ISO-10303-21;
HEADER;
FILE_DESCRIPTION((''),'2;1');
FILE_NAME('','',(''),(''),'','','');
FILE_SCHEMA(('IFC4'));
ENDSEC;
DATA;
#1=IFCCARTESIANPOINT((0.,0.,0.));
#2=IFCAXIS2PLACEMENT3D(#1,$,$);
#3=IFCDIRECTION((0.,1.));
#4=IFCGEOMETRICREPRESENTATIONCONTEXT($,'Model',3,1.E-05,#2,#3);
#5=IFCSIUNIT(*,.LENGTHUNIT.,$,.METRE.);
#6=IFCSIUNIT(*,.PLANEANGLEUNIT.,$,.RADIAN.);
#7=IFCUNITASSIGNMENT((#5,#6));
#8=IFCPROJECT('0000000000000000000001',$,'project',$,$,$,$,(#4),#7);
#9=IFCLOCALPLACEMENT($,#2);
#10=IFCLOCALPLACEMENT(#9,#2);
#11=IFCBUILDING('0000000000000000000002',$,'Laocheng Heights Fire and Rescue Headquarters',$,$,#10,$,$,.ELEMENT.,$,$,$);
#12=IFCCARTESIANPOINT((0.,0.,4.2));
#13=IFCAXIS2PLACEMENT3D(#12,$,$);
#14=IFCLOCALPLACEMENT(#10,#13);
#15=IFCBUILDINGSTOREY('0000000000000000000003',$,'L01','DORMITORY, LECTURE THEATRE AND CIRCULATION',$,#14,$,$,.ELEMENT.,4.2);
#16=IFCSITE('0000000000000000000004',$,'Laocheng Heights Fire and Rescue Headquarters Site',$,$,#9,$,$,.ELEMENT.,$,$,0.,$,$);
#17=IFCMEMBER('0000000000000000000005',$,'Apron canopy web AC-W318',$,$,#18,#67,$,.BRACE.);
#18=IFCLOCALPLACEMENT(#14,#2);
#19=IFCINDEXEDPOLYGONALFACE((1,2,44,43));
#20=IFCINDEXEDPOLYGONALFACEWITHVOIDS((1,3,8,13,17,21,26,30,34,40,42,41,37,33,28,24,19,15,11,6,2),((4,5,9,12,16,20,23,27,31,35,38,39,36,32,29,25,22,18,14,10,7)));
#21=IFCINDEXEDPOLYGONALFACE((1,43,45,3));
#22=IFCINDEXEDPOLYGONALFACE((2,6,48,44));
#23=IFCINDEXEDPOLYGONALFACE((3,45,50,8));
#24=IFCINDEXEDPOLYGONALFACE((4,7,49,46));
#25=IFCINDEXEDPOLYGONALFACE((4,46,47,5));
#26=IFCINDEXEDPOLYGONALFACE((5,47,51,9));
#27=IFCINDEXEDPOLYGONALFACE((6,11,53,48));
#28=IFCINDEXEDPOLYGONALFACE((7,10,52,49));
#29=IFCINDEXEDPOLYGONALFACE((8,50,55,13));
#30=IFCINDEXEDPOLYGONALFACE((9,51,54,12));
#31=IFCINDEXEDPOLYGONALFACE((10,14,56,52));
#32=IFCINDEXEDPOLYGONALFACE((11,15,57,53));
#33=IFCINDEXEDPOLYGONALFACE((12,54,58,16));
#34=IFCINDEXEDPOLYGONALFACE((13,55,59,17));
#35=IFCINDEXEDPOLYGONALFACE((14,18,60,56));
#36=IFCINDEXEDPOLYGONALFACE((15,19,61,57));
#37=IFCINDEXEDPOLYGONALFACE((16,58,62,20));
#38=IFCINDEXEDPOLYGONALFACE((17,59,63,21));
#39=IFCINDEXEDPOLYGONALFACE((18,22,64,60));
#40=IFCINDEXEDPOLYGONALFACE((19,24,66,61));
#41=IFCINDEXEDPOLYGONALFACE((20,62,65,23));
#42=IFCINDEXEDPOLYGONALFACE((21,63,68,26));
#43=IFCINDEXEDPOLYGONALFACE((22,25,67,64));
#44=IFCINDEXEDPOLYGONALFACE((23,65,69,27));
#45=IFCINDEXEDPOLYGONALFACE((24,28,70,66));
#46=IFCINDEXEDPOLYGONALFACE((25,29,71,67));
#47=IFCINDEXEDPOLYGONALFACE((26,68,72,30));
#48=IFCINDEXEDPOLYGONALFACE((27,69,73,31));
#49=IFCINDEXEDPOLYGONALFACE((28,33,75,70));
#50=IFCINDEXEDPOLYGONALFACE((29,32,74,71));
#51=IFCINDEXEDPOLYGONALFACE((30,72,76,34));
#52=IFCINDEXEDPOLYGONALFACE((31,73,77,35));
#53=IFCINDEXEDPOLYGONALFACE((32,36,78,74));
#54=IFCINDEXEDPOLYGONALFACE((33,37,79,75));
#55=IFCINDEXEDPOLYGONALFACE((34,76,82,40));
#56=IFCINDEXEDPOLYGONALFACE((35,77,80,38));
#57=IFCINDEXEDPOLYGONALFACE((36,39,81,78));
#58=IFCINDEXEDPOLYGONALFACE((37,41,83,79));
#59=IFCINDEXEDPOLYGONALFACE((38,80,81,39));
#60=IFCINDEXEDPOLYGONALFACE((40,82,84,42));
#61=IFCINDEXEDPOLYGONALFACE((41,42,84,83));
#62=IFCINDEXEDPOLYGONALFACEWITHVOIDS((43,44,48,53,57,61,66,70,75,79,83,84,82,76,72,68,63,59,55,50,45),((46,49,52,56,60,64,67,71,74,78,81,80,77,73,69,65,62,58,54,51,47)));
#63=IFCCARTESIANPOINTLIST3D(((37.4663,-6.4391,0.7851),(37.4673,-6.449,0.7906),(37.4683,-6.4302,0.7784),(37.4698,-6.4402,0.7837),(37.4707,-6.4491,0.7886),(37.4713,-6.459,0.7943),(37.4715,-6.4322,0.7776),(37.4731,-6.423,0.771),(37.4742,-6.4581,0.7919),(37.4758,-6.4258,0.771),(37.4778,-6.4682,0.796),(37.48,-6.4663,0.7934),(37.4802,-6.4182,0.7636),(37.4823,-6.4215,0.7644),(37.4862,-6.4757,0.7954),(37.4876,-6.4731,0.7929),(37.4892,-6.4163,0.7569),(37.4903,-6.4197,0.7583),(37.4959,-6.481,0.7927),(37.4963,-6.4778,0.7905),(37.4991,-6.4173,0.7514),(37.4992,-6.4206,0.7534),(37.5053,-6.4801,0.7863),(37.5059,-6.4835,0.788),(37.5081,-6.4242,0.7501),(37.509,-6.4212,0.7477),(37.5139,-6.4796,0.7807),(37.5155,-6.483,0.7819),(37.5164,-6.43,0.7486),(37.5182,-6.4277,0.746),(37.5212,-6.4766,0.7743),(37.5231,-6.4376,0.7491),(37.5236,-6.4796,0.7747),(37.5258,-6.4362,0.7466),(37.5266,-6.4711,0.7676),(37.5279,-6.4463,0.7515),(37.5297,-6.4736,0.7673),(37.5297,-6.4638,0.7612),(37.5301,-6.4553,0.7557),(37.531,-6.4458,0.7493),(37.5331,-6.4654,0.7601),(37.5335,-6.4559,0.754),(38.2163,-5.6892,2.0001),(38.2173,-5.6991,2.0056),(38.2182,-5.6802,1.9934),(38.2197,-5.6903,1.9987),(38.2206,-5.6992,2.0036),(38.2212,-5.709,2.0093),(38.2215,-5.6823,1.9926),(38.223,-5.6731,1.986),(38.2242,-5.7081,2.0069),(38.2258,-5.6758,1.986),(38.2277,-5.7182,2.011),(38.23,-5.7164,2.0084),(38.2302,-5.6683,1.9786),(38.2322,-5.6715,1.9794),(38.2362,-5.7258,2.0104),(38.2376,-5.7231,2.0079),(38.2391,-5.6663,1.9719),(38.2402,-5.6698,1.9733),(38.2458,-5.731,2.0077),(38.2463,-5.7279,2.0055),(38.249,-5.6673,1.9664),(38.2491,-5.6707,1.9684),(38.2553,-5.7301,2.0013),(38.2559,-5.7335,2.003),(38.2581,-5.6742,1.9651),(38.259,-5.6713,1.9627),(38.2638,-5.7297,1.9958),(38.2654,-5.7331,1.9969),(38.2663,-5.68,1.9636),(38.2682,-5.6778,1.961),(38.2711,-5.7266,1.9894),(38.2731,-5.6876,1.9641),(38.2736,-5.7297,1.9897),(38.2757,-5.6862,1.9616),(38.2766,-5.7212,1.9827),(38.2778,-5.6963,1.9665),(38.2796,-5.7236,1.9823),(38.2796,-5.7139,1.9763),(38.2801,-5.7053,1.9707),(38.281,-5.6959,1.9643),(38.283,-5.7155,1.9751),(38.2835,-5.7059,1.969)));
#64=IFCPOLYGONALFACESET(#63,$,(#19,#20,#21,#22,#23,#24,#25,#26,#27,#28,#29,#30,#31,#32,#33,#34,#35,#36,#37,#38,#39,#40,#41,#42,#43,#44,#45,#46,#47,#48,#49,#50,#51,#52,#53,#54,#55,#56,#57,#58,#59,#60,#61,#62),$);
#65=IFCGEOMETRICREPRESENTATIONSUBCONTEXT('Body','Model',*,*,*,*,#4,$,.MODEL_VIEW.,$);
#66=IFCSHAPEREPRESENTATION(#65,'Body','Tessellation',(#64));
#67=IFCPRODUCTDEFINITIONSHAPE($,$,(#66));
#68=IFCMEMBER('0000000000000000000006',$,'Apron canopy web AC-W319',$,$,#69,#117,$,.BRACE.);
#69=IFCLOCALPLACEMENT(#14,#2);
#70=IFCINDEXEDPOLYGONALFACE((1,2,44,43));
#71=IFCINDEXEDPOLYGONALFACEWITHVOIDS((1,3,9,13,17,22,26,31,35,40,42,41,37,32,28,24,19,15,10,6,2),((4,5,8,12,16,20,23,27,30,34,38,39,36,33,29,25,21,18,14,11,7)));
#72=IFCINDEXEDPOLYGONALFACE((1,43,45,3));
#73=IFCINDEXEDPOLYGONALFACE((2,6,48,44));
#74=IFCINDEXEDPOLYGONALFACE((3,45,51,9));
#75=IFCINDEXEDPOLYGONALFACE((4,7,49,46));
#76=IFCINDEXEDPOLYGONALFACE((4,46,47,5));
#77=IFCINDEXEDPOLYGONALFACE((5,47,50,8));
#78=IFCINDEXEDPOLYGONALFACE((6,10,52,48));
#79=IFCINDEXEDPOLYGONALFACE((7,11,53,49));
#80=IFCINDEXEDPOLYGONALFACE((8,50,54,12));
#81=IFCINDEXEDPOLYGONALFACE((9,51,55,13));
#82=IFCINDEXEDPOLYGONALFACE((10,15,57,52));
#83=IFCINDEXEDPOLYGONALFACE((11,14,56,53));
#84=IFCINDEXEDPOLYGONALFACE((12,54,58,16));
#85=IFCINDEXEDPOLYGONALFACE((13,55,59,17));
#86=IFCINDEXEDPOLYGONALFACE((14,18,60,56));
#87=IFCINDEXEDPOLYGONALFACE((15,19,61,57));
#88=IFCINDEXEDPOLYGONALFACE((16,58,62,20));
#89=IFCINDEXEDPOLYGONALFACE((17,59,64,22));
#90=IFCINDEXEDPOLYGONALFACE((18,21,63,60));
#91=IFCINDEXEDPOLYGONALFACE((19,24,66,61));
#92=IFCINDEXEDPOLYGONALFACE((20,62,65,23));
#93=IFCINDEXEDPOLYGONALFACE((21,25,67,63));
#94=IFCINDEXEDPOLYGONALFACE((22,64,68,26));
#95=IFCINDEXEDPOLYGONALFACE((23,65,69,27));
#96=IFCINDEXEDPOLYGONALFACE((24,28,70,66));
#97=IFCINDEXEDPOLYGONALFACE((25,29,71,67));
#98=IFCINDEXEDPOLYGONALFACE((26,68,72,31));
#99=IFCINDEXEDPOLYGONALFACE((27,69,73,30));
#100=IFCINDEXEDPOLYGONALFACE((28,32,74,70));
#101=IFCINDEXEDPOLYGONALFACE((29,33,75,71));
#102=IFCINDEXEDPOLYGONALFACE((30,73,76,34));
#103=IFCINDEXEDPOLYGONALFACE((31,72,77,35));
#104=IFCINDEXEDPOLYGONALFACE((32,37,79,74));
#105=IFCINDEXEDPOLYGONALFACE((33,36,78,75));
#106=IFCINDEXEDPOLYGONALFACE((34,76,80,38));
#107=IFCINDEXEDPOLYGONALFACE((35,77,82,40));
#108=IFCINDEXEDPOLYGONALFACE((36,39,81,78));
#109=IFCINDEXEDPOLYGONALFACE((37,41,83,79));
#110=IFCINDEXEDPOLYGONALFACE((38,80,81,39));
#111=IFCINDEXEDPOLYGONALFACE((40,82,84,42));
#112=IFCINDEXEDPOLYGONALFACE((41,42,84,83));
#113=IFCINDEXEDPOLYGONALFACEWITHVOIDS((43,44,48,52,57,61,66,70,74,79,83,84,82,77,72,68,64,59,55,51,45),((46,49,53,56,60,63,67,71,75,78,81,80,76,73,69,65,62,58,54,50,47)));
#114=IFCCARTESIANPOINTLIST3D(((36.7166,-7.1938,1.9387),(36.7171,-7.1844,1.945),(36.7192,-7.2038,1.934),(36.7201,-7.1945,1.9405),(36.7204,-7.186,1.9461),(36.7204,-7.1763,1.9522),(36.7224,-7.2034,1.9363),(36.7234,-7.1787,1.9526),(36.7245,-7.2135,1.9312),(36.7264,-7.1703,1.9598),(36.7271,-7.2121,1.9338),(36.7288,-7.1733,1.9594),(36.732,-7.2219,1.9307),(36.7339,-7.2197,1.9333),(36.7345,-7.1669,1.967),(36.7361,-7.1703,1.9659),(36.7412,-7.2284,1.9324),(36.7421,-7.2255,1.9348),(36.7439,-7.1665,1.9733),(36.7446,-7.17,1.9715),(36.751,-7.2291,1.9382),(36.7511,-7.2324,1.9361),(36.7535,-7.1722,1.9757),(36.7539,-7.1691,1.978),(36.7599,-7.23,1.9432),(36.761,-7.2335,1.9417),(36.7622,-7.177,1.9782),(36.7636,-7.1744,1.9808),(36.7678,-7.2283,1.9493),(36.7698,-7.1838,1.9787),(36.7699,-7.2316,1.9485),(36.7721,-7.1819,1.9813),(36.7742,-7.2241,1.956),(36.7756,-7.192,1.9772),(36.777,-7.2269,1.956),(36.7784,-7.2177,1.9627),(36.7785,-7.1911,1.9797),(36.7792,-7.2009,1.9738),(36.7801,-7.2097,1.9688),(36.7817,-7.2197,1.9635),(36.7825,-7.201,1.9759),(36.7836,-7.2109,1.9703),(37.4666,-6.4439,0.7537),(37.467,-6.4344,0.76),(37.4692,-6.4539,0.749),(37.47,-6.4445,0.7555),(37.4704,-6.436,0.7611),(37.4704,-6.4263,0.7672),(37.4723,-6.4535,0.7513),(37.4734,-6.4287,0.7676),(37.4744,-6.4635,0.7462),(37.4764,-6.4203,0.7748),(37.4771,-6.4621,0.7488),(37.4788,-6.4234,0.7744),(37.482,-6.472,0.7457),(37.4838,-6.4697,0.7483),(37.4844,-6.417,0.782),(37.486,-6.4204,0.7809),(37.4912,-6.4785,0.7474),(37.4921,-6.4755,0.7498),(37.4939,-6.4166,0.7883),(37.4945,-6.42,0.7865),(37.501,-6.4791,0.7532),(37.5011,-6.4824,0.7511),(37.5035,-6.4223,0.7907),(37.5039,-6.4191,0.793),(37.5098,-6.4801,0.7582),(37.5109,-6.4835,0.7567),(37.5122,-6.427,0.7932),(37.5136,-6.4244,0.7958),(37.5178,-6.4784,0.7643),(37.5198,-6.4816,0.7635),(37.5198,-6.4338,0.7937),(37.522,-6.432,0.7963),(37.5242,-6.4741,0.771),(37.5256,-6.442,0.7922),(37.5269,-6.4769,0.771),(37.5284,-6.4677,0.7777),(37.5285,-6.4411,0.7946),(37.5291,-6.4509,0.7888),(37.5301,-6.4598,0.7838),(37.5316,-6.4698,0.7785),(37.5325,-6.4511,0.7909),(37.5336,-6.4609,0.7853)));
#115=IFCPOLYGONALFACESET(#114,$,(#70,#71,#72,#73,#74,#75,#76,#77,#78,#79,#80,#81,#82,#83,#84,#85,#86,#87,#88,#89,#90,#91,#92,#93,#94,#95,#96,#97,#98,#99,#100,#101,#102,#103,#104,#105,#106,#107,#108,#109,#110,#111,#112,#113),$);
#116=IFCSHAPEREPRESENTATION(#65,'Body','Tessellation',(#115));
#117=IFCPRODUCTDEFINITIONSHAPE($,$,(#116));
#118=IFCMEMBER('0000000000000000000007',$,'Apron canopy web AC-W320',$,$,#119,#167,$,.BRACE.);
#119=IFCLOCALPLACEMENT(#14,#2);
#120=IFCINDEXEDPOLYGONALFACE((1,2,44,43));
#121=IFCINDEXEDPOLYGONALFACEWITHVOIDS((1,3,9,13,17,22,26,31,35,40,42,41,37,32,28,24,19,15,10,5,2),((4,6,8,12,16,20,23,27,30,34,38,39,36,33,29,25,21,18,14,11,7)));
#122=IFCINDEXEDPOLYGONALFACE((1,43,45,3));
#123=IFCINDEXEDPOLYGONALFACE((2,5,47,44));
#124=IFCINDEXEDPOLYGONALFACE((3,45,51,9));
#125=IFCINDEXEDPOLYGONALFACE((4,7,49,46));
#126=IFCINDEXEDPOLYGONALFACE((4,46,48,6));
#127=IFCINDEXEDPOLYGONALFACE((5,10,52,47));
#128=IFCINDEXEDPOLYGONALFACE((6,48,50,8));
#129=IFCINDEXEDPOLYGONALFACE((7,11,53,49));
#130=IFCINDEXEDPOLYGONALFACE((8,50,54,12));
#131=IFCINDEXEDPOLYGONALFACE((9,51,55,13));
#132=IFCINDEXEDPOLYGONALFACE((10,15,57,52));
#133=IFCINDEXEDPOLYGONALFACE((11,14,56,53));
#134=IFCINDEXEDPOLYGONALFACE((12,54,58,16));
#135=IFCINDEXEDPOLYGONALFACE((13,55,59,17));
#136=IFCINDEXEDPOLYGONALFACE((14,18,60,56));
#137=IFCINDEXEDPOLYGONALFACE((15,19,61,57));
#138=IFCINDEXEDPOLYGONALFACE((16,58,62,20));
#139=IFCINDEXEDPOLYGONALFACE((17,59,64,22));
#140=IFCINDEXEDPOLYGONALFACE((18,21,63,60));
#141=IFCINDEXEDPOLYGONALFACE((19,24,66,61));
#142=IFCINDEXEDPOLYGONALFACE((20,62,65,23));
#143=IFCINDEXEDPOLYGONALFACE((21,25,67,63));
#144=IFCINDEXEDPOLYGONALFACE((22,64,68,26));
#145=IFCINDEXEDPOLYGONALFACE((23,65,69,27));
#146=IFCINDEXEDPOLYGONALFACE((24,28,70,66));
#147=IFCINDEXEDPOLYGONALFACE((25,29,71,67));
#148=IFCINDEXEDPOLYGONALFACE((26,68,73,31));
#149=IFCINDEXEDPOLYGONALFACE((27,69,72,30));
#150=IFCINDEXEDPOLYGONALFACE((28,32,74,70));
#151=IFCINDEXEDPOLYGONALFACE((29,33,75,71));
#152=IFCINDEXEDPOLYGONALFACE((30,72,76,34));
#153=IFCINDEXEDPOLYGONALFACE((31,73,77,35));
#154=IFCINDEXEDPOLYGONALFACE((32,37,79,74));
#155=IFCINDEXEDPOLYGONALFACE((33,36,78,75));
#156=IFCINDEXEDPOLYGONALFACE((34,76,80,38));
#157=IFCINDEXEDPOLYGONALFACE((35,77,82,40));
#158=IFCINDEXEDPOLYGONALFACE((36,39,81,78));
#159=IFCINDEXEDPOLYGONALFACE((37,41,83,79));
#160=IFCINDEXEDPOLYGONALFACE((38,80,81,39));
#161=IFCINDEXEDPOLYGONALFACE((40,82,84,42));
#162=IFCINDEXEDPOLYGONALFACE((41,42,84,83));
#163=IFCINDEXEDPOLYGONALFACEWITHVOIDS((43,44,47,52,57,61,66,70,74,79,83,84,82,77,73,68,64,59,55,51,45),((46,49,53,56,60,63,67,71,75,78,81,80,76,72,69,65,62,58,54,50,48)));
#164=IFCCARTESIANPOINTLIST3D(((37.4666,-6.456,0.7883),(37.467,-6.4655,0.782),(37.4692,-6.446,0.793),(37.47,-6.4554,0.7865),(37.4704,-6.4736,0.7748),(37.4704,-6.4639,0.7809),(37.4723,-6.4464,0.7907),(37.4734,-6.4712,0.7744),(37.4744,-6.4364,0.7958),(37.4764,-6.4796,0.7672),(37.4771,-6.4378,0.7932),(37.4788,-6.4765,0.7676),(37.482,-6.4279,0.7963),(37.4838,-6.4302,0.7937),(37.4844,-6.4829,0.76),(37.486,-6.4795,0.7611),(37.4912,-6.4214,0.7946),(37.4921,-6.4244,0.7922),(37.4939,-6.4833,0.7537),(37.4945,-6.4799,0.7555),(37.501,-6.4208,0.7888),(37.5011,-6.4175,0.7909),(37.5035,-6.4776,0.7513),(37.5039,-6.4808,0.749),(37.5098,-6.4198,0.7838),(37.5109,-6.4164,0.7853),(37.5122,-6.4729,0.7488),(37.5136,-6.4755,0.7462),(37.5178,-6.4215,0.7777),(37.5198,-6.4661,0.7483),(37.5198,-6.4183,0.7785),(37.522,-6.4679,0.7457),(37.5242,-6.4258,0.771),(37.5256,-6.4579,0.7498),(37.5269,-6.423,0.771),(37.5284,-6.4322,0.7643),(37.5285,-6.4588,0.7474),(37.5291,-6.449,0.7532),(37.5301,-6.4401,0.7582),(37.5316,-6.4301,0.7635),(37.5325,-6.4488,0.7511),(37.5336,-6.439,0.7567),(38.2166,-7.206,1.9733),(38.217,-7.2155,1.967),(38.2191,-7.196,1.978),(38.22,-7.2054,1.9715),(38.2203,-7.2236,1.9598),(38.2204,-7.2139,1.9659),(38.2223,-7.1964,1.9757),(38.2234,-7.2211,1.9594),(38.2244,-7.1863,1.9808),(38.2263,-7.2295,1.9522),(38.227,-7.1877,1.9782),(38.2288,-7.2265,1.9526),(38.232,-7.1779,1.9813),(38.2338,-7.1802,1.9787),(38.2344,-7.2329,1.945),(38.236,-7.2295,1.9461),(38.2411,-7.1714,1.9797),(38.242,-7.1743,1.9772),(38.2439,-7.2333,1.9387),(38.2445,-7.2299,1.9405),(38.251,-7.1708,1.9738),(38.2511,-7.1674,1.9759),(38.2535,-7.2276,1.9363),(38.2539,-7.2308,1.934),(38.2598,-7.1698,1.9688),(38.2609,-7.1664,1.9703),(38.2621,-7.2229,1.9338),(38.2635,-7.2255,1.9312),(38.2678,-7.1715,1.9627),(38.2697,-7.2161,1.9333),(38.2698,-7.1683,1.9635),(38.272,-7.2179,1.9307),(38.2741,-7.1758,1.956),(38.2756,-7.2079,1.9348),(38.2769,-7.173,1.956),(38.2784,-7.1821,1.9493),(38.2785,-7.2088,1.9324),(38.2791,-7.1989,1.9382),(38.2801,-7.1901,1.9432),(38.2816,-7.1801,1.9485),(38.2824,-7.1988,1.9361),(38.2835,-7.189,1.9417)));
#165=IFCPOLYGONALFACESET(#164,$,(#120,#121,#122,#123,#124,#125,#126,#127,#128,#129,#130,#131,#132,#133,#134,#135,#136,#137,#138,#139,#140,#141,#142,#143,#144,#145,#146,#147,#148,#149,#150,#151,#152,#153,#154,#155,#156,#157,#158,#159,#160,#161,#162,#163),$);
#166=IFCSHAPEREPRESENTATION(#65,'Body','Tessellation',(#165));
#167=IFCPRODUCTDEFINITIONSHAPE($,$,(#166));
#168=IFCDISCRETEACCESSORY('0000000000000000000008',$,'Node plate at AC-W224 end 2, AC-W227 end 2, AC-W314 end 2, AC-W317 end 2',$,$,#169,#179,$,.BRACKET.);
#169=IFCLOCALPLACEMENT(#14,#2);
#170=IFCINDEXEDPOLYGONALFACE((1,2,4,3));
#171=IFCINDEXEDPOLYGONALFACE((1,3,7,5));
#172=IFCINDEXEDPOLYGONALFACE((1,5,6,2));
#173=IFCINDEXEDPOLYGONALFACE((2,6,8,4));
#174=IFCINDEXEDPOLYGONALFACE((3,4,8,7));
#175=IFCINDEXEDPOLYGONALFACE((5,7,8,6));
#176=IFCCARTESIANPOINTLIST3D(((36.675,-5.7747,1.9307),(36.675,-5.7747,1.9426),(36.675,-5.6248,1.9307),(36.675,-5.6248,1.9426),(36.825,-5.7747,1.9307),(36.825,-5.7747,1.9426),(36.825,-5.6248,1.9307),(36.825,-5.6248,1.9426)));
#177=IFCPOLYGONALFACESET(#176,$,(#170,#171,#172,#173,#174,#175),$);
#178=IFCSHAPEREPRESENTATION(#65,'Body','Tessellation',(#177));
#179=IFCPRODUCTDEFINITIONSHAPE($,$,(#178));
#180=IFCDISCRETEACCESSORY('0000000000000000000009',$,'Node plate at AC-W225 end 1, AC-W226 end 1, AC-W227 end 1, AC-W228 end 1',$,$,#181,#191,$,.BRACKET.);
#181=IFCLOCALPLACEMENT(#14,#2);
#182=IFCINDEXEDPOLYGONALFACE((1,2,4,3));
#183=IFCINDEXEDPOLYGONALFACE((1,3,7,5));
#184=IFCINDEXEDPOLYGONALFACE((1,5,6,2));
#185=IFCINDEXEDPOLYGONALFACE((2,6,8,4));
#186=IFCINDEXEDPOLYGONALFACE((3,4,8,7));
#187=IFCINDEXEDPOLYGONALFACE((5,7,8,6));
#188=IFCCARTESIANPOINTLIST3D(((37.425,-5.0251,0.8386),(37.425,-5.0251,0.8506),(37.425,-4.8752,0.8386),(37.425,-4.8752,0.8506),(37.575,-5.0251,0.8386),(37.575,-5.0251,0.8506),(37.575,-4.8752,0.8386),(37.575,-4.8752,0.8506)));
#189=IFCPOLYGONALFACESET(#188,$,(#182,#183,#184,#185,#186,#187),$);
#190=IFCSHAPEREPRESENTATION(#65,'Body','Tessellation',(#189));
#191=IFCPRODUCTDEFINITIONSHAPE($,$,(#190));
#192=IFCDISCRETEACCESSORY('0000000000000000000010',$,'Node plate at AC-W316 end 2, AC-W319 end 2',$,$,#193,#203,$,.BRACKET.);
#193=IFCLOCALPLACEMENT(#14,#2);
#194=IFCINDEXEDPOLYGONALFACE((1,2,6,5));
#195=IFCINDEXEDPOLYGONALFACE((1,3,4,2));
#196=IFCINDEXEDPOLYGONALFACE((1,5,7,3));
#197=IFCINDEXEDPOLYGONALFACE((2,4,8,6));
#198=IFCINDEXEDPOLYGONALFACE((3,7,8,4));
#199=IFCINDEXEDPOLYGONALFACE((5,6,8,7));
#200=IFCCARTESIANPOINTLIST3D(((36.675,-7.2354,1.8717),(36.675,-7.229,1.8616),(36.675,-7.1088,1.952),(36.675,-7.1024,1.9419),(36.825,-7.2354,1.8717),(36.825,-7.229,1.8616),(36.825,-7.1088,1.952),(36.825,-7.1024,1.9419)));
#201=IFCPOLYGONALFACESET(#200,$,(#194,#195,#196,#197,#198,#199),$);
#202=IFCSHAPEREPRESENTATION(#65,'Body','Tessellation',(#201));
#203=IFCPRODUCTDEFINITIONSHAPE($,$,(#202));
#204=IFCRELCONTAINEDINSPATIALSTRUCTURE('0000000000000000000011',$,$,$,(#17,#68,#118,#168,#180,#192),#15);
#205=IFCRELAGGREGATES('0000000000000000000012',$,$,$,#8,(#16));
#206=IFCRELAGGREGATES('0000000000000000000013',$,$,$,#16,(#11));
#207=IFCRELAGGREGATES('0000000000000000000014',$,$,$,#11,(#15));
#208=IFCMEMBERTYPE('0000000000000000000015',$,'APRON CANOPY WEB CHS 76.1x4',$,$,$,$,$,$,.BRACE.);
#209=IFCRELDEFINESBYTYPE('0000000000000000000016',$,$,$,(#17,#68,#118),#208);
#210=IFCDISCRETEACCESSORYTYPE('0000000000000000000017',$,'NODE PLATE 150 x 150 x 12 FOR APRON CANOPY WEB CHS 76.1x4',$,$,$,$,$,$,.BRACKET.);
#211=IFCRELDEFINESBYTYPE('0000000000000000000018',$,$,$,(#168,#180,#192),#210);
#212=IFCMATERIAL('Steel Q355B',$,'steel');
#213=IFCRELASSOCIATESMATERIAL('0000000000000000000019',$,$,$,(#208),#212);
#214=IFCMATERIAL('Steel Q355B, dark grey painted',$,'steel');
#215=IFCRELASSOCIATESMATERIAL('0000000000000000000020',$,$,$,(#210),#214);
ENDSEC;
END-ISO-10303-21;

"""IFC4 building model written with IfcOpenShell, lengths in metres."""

from ifc_helpers import new_model, si_unit, direction, frame, origin, origin_2d, place, context, subcontext, project, spatial, rectangle, hollow_circle, extrude, material, material_profile, profile_set, type_object, element, save


model = new_model("IFC4")

# Units and contexts
model_context = context("Model", 3, precision=1e-05, world=origin(), true_north=direction((0.0, 1.0)))
body_context = subcontext(model_context, "Body", "Model", "MODEL_VIEW")
ifc_project = project(units=[si_unit("LENGTHUNIT", "METRE"), si_unit("PLANEANGLEUNIT", "RADIAN")], contexts=[model_context])

# Site, building, storey
site_placement = place(None, origin())
site = spatial("IfcSite", under=ifc_project, at=site_placement, Name="Laocheng Heights Fire and Rescue Headquarters Site", CompositionType="ELEMENT", RefElevation=0.0)
building_placement = place(site_placement, origin())
building = spatial("IfcBuilding", under=site, at=building_placement, Name="Laocheng Heights Fire and Rescue Headquarters", CompositionType="ELEMENT")
storey_placement = place(building_placement, frame((0.0, 0.0, 4.2)))
storey = spatial("IfcBuildingStorey", under=building, at=storey_placement, Name="L01", Description="DORMITORY, LECTURE THEATRE AND CIRCULATION", CompositionType="ELEMENT", Elevation=4.2)

# Members
ifc_material_1 = material(Name="Steel Q355B", Category="steel")
ifc_material_profile_1 = material_profile(ifc_material_1, hollow_circle(Radius=0.0381, WallThickness=0.0039, at=origin_2d()), Name="CHS 76.1x4")
ifc_profile_set_1 = profile_set([ifc_material_profile_1], Name="Steel Q355B")
member_type_1 = type_object("IfcMemberType", Name="APRON CANOPY WEB CHS 76.1x4", PredefinedType="BRACE", material=ifc_profile_set_1)
for number, where, z_axis, x_axis, name in (
    (1, (37.5, -6.45, 0.771), (0.465002, 0.465002, 0.753357), (-0.707107, 0.707107, 0.0), "Apron canopy web AC-W318"),
):
    element("IfcMember", number, at=place(storey_placement, frame(where, z_axis=z_axis, x_axis=x_axis)), inside=storey, type_object=member_type_1, Name=name, PredefinedType="BRACE", context=body_context, shape_type="SweptSolid", body=[
        extrude(hollow_circle(Radius=0.0381, WallThickness=0.0039, at=origin_2d()), origin(), (0.0, 0.0, 1.0), 1.6128),
    ])
for number, where, z_axis, x_axis, name in (
    (2, (37.5, -6.45, 0.771), (-0.47158, -0.47158, 0.745134), (0.707107, -0.707107, 0.0), "Apron canopy web AC-W319"),
    (3, (37.5, -6.45, 0.771), (0.47158, -0.47158, 0.745134), (0.707107, 0.707107, 0.0), "Apron canopy web AC-W320"),
):
    element("IfcMember", number, at=place(storey_placement, frame(where, z_axis=z_axis, x_axis=x_axis)), inside=storey, type_object=member_type_1, Name=name, PredefinedType="BRACE", context=body_context, shape_type="SweptSolid", body=[
        extrude(hollow_circle(Radius=0.0381, WallThickness=0.0039, at=origin_2d()), origin(), (0.0, 0.0, 1.0), 1.5903),
    ])

# Discrete accessories
ifc_material_2 = material(Name="Steel Q355B, dark grey painted", Category="steel")
ifc_material_profile_2 = material_profile(ifc_material_2, rectangle(XDim=0.1499, YDim=0.1499, at=origin_2d()), Name="NODE PLATE 150 x 150 x 12 FOR APRON CANOPY WEB CHS 76.1x4")
ifc_profile_set_2 = profile_set([ifc_material_profile_2], Name="Steel Q355B, dark grey painted")
discrete_accessory_type = type_object("IfcDiscreteAccessoryType", Name="NODE PLATE 150 x 150 x 12 FOR APRON CANOPY WEB CHS 76.1x4", PredefinedType="BRACKET", material=ifc_profile_set_2)
for number, where, z_axis, x_axis, name in (
    (4, (36.75, -5.6997, 1.9426), (0.0, 0.0, -1.0), (1.0, 0.0, 0.0), "Node plate at AC-W224 end 2, AC-W227 end 2, AC-W314 end 2, AC-W317 end 2"),
    (5, (37.5, -4.9502, 0.8386), (0.0, 0.0, 1.0), (1.0, 0.0, 0.0), "Node plate at AC-W225 end 1, AC-W226 end 1, AC-W227 end 1, AC-W228 end 1"),
    (6, (36.75, -7.1721, 1.9119), (0.0, 0.535542, -0.844509), (-1.0, 0.0, 0.0), "Node plate at AC-W316 end 2, AC-W319 end 2"),
):
    element("IfcDiscreteAccessory", number, at=place(storey_placement, frame(where, z_axis=z_axis, x_axis=x_axis)), inside=storey, type_object=discrete_accessory_type, Name=name, PredefinedType="BRACKET", context=body_context, shape_type="SweptSolid", body=[
        extrude(rectangle(XDim=0.1499, YDim=0.1499, at=origin_2d()), origin(), (0.0, 0.0, 1.0), 0.012),
    ])

save(model, "model.ifc")
